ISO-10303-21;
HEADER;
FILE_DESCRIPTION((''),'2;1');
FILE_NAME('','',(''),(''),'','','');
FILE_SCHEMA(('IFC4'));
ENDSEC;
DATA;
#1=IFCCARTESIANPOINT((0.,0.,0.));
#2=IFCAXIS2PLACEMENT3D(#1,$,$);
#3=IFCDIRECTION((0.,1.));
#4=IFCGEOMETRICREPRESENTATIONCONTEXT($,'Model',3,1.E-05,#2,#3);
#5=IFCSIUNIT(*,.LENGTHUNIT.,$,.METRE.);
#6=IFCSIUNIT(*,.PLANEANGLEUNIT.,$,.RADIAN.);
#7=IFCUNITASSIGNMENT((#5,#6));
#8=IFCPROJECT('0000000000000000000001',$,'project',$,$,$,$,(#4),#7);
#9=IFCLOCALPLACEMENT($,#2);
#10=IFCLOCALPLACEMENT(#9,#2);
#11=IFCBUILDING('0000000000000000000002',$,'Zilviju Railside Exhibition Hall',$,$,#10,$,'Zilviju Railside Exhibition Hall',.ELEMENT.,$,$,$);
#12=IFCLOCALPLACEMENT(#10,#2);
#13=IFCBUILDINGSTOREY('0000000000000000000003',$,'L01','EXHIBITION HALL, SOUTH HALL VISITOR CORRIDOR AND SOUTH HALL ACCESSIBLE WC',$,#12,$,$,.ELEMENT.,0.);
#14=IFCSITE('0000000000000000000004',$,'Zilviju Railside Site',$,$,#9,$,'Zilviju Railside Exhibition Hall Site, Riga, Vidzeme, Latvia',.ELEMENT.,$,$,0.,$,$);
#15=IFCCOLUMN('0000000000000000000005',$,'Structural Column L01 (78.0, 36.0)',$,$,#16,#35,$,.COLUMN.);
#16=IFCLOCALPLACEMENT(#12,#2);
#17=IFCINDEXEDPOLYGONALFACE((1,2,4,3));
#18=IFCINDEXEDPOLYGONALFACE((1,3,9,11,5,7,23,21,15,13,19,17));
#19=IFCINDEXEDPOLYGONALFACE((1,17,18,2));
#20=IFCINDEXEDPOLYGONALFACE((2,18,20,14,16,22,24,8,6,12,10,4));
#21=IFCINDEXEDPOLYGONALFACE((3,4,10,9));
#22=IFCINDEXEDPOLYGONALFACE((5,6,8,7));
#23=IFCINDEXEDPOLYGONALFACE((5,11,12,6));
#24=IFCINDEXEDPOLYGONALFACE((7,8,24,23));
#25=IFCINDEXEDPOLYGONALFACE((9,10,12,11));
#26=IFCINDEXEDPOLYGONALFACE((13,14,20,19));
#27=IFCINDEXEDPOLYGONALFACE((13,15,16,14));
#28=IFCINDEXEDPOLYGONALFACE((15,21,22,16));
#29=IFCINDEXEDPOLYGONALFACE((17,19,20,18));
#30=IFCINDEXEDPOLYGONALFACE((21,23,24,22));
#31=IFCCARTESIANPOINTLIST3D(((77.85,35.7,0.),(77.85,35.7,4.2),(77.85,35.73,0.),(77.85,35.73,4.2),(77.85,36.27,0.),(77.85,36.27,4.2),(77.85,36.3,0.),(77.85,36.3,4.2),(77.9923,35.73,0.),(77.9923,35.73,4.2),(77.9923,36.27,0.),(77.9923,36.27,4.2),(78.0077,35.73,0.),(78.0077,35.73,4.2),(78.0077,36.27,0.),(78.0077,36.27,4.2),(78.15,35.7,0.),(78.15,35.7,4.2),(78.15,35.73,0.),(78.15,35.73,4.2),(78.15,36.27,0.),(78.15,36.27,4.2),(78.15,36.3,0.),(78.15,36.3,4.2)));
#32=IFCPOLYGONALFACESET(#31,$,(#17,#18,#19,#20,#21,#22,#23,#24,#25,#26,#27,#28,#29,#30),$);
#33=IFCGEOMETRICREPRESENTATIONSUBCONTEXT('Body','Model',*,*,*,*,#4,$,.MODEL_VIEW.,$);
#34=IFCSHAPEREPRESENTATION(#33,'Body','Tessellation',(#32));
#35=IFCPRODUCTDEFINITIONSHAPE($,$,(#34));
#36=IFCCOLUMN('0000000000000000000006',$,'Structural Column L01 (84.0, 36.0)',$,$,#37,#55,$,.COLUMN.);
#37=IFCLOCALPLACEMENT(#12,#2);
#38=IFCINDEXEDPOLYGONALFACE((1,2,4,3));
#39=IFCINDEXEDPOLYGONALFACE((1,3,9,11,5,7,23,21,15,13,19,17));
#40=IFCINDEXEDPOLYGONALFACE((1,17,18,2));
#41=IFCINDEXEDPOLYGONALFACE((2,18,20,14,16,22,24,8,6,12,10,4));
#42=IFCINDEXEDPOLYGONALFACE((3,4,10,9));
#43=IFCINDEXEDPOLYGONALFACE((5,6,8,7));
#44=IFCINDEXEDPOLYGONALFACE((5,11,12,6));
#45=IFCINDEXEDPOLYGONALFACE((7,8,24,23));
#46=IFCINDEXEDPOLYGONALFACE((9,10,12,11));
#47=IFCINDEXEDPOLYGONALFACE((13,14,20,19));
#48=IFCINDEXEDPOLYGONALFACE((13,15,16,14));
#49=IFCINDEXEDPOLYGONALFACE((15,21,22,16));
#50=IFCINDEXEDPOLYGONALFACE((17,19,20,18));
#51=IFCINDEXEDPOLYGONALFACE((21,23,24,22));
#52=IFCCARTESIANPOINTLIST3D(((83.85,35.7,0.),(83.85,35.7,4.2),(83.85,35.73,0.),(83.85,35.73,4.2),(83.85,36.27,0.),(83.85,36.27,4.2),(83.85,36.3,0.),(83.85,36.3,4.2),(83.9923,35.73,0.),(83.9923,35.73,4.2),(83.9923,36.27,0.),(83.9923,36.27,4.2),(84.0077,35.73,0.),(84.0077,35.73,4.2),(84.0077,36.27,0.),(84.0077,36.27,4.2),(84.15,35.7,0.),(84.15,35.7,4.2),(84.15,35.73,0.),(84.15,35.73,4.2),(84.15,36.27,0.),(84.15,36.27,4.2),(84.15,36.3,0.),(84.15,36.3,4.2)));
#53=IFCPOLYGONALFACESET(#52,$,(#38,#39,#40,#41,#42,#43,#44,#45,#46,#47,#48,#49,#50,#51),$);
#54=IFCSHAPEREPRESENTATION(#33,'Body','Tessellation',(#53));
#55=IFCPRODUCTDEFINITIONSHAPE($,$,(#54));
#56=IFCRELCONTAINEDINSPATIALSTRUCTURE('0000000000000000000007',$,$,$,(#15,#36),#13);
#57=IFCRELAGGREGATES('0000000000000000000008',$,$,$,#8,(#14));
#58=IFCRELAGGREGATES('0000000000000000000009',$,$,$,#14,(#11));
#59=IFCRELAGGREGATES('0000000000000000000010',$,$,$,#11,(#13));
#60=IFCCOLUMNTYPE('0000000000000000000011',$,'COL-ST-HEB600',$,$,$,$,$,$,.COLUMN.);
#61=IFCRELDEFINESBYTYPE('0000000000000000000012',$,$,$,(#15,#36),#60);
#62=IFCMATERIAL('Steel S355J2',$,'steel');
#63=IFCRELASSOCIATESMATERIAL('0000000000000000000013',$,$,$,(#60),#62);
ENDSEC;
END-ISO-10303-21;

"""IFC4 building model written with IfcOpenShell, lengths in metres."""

from ifc_helpers import new_model, si_unit, direction, frame, origin, origin_2d, place, context, subcontext, project, spatial, i_section, extrude, material, material_profile, profile_set, type_object, element, save


model = new_model("IFC4")

# Units and contexts
model_context = context("Model", 3, precision=1e-05, world=origin(), true_north=direction((0.0, 1.0)))
body_context = subcontext(model_context, "Body", "Model", "MODEL_VIEW")
ifc_project = project(units=[si_unit("LENGTHUNIT", "METRE"), si_unit("PLANEANGLEUNIT", "RADIAN")], contexts=[model_context])

# Site, building, storey
site_placement = place(None, origin())
site = spatial("IfcSite", under=ifc_project, at=site_placement, Name="Zilviju Railside Site", LongName="Zilviju Railside Exhibition Hall Site, Riga, Vidzeme, Latvia", CompositionType="ELEMENT", RefElevation=0.0)
building_placement = place(site_placement, origin())
building = spatial("IfcBuilding", under=site, at=building_placement, Name="Zilviju Railside Exhibition Hall", LongName="Zilviju Railside Exhibition Hall", CompositionType="ELEMENT")
storey_placement = place(building_placement, origin())
storey = spatial("IfcBuildingStorey", under=building, at=storey_placement, Name="L01", Description="EXHIBITION HALL, SOUTH HALL VISITOR CORRIDOR AND SOUTH HALL ACCESSIBLE WC", CompositionType="ELEMENT", Elevation=0.0)

# Columns
ifc_material_1 = material(Name="Steel S355J2", Category="steel")
ifc_material_profile_1 = material_profile(ifc_material_1, i_section(OverallWidth=0.3, OverallDepth=0.6001, WebThickness=0.0154, FlangeThickness=0.03, at=origin_2d()), Name="HEB 600")
ifc_profile_set_1 = profile_set([ifc_material_profile_1], Name="Steel S355J2")
column_type_1 = type_object("IfcColumnType", Name="COL-ST-HEB600", PredefinedType="COLUMN", material=ifc_profile_set_1)
for number, where, z_axis, x_axis, name in (
    (1, (78.0, 36.0, 0.0), (0.0, 0.0, 1.0), (1.0, 0.0, 0.0), "Structural Column L01 (78.0, 36.0)"),
    (2, (84.0, 36.0, 0.0), (0.0, 0.0, 1.0), (1.0, 0.0, 0.0), "Structural Column L01 (84.0, 36.0)"),
):
    element("IfcColumn", number, at=place(storey_placement, frame(where, z_axis=z_axis, x_axis=x_axis)), inside=storey, type_object=column_type_1, Name=name, PredefinedType="COLUMN", context=body_context, shape_type="SweptSolid", body=[
        extrude(i_section(OverallWidth=0.3, OverallDepth=0.6001, WebThickness=0.0154, FlangeThickness=0.03, at=origin_2d()), origin(), (0.0, 0.0, 1.0), 4.2),
    ])

save(model, "model.ifc")
